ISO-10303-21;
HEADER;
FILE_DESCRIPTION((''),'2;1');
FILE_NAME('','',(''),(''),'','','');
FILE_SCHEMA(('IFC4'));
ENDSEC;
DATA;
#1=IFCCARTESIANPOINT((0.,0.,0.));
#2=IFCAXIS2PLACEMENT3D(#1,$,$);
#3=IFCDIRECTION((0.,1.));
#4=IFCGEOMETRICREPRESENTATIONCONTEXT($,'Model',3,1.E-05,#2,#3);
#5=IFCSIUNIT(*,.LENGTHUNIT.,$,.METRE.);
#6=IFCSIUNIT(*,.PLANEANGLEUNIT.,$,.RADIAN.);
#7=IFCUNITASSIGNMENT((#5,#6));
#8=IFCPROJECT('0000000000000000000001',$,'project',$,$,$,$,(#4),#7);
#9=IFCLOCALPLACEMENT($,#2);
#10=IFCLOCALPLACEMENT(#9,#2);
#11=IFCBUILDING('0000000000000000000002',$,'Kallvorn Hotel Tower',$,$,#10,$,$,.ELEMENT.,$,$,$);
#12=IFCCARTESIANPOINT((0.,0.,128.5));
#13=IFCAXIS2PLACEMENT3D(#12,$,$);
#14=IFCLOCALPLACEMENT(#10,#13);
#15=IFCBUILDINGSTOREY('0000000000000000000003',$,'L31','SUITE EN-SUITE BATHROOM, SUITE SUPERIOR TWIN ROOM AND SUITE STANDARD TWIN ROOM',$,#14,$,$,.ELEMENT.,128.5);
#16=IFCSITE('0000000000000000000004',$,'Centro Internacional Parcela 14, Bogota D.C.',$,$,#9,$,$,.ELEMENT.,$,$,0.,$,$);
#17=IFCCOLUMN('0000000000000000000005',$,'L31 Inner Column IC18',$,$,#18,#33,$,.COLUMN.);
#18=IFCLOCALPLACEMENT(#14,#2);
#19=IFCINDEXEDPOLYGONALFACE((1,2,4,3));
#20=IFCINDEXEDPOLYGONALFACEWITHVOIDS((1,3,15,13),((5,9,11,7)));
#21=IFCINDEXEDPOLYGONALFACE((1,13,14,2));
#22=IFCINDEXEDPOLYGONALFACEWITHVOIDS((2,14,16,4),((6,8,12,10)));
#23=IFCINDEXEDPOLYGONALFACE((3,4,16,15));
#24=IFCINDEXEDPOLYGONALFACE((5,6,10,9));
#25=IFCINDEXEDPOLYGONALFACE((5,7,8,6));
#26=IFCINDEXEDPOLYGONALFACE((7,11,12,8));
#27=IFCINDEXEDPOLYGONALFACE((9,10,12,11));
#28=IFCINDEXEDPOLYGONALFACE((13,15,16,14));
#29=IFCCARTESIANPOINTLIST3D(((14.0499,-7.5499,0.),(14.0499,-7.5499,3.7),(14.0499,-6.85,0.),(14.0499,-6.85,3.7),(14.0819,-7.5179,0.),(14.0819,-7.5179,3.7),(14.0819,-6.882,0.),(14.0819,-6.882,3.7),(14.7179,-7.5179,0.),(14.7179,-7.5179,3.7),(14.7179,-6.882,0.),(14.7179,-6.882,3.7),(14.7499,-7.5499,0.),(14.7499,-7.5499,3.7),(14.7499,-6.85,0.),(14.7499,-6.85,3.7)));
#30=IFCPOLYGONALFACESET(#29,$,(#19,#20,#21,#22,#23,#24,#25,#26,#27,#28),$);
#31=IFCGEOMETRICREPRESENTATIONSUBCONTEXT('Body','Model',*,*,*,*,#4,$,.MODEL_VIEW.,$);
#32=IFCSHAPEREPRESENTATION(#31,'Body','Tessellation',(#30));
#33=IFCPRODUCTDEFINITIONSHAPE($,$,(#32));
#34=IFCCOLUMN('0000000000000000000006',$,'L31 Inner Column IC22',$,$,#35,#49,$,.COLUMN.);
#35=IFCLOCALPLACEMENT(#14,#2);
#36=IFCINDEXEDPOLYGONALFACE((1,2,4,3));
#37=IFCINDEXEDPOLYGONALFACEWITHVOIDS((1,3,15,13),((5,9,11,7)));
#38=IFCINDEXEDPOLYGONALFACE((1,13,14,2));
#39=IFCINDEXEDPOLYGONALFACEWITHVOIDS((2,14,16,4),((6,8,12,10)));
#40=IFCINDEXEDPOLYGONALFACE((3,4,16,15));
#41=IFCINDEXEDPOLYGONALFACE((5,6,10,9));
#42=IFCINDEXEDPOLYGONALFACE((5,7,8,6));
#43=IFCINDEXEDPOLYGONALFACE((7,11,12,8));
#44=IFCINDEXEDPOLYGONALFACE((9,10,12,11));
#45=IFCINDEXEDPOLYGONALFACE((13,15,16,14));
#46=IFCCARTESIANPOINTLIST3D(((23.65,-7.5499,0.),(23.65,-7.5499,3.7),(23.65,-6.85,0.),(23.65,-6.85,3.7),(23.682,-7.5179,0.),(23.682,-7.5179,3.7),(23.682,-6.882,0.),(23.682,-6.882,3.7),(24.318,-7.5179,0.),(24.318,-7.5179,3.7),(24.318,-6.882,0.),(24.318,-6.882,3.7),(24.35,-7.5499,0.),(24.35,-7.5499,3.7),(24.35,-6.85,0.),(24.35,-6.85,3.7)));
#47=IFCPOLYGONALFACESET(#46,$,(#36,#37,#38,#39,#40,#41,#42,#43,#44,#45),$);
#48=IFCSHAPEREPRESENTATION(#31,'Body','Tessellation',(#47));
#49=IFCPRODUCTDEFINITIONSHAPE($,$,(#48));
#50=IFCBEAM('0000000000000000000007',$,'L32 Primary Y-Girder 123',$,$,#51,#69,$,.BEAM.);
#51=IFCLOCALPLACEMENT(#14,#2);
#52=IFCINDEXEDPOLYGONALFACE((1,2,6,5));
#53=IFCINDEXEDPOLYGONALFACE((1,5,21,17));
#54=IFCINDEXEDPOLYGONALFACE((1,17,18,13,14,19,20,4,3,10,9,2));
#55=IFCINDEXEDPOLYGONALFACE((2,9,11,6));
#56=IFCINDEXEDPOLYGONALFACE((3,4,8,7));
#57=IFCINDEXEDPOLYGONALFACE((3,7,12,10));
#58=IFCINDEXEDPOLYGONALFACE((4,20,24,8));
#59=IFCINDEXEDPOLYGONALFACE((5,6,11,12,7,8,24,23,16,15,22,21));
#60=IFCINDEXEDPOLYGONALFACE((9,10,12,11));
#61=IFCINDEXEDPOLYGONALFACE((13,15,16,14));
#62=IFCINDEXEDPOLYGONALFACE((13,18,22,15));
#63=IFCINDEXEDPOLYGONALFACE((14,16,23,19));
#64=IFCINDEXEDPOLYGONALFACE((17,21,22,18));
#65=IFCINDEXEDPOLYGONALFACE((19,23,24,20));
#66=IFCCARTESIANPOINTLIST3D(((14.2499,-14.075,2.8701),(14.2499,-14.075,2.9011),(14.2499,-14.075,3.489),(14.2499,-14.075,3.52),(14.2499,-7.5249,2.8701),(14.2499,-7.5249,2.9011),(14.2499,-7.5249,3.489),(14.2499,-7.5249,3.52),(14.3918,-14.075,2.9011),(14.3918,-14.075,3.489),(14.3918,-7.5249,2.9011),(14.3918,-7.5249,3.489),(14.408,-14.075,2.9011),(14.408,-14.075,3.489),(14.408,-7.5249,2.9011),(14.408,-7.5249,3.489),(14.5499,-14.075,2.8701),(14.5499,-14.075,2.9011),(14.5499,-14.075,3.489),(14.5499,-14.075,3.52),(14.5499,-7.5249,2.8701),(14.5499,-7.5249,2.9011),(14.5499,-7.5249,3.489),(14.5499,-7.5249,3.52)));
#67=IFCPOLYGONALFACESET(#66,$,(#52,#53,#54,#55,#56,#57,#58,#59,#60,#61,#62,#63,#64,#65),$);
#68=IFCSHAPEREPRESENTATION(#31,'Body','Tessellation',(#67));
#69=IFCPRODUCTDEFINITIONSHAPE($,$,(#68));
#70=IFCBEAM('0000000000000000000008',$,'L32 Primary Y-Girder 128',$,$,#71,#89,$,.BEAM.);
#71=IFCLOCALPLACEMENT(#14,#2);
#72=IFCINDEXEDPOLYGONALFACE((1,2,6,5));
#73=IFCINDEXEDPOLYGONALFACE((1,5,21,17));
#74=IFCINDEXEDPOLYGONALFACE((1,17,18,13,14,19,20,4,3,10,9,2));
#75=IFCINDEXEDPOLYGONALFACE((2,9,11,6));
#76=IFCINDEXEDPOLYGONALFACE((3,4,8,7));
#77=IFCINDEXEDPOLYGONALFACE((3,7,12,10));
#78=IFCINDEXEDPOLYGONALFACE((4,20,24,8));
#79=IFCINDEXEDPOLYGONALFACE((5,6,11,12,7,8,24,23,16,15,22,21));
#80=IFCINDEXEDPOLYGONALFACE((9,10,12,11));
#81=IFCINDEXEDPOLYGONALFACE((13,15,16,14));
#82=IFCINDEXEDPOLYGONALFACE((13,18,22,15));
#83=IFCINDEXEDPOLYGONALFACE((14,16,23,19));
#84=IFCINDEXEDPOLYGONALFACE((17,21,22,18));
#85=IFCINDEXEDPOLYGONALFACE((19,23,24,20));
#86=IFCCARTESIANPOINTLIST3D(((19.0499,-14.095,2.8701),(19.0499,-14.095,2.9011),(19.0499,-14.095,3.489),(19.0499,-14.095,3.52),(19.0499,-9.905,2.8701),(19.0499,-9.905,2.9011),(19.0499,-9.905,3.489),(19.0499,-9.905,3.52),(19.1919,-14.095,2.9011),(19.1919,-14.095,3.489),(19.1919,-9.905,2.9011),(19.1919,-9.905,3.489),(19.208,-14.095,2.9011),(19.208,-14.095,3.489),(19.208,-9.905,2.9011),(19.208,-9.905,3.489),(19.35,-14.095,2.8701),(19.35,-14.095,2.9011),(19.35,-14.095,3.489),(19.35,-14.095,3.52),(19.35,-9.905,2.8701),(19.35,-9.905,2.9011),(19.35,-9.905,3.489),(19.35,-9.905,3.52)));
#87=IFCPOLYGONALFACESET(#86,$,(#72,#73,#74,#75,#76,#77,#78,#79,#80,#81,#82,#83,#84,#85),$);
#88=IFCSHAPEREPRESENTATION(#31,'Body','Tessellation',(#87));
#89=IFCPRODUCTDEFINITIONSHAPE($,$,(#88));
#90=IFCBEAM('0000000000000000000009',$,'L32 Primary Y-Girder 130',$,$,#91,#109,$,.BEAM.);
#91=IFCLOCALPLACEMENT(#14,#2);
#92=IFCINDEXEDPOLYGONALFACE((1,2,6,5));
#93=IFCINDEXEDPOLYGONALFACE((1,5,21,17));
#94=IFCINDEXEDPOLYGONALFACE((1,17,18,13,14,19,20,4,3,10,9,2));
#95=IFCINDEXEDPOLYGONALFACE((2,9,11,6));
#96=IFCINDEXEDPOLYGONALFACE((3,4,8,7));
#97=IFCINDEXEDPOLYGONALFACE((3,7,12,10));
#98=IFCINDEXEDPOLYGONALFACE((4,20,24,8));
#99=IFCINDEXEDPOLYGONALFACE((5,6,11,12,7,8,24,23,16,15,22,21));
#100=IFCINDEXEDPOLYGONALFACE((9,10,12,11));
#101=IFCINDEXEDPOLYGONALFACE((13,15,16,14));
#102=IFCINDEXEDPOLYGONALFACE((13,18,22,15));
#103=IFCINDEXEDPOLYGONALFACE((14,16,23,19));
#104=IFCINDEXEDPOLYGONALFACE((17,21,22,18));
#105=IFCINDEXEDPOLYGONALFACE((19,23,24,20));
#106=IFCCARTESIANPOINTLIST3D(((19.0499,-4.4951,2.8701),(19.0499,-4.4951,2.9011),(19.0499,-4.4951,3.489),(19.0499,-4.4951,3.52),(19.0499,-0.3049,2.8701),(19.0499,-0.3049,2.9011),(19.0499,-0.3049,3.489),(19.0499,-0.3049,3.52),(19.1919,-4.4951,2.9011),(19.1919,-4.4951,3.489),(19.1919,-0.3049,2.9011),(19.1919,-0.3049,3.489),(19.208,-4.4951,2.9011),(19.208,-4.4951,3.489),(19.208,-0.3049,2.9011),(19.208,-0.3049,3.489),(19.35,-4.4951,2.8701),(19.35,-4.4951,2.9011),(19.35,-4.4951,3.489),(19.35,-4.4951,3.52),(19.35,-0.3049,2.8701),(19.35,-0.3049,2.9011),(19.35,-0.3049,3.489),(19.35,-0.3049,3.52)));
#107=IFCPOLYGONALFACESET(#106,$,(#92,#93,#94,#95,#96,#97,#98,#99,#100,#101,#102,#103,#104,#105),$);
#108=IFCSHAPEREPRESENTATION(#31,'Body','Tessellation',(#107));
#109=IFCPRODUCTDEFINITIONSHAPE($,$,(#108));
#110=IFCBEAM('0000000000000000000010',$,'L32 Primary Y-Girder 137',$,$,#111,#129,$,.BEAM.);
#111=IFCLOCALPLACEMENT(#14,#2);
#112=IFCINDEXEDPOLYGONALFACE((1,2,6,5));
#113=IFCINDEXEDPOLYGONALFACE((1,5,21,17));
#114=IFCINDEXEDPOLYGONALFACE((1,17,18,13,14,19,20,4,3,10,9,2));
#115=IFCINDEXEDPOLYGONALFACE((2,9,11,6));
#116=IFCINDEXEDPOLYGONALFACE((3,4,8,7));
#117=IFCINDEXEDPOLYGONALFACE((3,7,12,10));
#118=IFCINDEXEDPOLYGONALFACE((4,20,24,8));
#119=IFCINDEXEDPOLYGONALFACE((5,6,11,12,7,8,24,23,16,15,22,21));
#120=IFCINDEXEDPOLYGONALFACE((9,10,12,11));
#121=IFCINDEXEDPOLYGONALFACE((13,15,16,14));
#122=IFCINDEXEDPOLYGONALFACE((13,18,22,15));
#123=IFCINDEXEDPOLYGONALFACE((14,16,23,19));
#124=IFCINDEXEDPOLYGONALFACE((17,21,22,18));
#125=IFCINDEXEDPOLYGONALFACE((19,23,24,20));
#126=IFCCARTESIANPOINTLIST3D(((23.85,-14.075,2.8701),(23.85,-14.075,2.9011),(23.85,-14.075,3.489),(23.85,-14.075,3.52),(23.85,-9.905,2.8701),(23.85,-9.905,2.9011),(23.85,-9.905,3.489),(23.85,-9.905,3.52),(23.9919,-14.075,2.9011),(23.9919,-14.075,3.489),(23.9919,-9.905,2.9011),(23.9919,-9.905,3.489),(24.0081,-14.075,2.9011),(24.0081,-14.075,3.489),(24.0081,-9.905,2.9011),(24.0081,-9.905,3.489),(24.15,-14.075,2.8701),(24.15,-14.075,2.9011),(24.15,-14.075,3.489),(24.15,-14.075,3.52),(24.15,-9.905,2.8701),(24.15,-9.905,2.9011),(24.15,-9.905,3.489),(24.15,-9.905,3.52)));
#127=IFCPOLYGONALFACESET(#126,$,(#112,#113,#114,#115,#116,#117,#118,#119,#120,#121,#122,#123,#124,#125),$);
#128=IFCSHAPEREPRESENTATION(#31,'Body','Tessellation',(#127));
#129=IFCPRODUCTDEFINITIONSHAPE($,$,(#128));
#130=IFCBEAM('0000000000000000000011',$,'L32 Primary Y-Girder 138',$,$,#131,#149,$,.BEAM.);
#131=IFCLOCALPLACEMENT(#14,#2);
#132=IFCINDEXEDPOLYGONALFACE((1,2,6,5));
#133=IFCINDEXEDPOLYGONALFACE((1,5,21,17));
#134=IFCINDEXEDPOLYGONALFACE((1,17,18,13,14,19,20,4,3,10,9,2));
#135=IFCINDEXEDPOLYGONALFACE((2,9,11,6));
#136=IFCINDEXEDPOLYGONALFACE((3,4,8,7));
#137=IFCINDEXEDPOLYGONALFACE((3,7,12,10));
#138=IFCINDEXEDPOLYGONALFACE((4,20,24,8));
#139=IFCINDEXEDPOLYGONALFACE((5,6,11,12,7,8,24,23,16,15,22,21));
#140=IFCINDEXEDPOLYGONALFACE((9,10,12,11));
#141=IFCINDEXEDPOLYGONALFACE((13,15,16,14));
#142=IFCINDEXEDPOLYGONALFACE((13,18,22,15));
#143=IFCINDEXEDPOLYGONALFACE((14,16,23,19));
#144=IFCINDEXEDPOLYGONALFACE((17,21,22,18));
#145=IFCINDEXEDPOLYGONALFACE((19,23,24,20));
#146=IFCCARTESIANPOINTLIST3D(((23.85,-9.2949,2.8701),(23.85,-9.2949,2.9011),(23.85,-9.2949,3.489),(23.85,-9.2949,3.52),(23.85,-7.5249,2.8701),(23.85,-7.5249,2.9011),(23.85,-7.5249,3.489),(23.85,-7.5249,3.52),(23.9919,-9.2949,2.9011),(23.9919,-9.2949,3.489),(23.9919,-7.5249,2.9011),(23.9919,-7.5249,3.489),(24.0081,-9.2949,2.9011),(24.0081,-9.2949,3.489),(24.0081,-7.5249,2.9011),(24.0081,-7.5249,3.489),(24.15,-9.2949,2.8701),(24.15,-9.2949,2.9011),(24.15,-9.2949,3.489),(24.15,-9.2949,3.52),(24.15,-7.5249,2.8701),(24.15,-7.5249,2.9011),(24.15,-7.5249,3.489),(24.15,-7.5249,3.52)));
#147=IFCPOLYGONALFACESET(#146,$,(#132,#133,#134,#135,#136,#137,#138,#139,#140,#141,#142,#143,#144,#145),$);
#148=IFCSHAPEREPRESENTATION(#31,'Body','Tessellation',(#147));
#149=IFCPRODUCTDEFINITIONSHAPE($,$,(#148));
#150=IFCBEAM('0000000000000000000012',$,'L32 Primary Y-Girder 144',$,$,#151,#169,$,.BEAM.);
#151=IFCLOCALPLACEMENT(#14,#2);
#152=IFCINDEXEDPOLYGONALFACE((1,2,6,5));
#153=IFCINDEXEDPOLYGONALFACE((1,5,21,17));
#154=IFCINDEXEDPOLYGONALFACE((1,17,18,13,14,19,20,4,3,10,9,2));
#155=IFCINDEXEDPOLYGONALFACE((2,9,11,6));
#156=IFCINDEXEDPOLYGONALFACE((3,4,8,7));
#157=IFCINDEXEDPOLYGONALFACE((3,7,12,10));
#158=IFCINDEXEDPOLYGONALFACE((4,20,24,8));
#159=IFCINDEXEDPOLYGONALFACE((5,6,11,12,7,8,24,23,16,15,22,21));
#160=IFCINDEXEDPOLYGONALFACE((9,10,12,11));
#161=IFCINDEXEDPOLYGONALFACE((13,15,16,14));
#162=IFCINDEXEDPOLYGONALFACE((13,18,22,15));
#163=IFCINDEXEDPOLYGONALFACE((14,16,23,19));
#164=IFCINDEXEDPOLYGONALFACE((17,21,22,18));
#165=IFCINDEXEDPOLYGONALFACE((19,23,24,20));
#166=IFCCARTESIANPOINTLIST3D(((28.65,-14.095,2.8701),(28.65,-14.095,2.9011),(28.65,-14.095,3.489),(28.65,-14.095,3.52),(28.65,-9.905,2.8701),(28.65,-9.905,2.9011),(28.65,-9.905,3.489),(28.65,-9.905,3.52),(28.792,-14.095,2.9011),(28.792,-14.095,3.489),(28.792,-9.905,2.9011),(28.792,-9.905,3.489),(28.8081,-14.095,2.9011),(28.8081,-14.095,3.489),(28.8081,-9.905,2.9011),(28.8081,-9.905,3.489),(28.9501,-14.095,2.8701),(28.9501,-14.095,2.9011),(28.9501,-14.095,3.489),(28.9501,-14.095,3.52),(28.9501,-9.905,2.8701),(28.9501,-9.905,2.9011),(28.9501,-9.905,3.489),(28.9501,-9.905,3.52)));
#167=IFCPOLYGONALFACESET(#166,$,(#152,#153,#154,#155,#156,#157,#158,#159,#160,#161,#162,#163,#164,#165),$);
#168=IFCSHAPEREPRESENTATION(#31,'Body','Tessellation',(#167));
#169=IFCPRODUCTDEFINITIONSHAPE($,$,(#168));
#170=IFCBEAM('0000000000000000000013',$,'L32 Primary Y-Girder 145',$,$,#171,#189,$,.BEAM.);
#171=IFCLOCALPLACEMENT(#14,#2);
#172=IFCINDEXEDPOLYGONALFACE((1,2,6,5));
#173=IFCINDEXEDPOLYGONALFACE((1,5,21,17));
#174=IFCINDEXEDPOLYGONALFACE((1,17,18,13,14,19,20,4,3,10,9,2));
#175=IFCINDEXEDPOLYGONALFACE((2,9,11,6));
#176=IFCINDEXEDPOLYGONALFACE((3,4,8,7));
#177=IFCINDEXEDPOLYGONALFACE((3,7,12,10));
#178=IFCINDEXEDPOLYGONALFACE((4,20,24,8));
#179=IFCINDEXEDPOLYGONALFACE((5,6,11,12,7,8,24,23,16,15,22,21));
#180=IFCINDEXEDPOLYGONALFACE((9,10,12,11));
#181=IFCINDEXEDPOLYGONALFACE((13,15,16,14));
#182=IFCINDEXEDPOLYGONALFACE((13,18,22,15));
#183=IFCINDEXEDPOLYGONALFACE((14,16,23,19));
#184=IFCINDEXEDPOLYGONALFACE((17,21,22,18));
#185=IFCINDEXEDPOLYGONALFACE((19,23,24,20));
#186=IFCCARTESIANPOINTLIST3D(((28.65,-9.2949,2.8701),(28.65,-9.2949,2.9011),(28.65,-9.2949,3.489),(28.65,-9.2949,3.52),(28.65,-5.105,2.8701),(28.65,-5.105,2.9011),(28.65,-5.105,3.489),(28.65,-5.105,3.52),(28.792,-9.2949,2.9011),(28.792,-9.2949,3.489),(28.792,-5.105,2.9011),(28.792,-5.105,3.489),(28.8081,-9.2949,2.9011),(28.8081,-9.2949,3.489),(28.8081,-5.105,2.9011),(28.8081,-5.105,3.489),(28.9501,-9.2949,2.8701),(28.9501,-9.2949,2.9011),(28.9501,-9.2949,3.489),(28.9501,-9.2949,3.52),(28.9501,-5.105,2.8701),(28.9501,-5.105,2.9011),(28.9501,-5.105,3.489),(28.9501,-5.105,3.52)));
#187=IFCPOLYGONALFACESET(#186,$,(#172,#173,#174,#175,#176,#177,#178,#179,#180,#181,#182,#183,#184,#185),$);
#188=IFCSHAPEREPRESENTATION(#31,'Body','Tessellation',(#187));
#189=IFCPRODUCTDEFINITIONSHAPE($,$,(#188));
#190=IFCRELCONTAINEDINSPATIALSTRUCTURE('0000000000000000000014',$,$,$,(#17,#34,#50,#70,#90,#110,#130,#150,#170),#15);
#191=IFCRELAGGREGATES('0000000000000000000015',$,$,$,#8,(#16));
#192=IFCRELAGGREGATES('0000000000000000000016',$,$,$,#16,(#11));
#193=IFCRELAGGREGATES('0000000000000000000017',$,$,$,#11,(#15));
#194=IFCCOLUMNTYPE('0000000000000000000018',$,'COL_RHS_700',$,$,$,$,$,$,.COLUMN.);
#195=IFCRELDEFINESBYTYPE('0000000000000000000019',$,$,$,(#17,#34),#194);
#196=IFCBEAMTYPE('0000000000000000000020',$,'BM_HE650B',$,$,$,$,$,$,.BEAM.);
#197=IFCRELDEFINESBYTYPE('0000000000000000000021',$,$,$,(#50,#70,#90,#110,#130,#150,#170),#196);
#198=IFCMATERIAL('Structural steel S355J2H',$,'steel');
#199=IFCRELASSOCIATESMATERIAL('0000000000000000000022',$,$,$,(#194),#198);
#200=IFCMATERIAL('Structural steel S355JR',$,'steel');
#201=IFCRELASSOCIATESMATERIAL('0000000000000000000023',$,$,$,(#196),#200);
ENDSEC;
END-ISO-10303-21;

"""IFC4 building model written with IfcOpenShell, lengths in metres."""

from ifc_helpers import new_model, si_unit, direction, frame, origin, origin_2d, place, context, subcontext, project, spatial, hollow_rectangle, i_section, extrude, material, material_profile, profile_set, type_object, element, save


model = new_model("IFC4")

# Units and contexts
model_context = context("Model", 3, precision=1e-05, world=origin(), true_north=direction((0.0, 1.0)))
body_context = subcontext(model_context, "Body", "Model", "MODEL_VIEW")
ifc_project = project(units=[si_unit("LENGTHUNIT", "METRE"), si_unit("PLANEANGLEUNIT", "RADIAN")], contexts=[model_context])

# Site, building, storey
site_placement = place(None, origin())
site = spatial("IfcSite", under=ifc_project, at=site_placement, Name="Centro Internacional Parcela 14, Bogota D.C.", CompositionType="ELEMENT", RefElevation=0.0)
building_placement = place(site_placement, origin())
building = spatial("IfcBuilding", under=site, at=building_placement, Name="Kallvorn Hotel Tower", CompositionType="ELEMENT")
storey_placement = place(building_placement, frame((0.0, 0.0, 128.5)))
storey = spatial("IfcBuildingStorey", under=building, at=storey_placement, Name="L31", Description="SUITE EN-SUITE BATHROOM, SUITE SUPERIOR TWIN ROOM AND SUITE STANDARD TWIN ROOM", CompositionType="ELEMENT", Elevation=128.5)

# Columns
ifc_material_1 = material(Name="Structural steel S355J2H", Category="steel")
ifc_material_profile_1 = material_profile(ifc_material_1, hollow_rectangle(XDim=0.7, YDim=0.7, WallThickness=0.032, at=origin_2d()), Name="RHS 700x700x32")
ifc_profile_set_1 = profile_set([ifc_material_profile_1], Name="Structural steel S355J2H")
column_type_1 = type_object("IfcColumnType", Name="COL_RHS_700", PredefinedType="COLUMN", material=ifc_profile_set_1)
for number, where, z_axis, x_axis, name in (
    (1, (14.3999, -7.2, 0.0), (0.0, 0.0, 1.0), (1.0, 0.0, 0.0), "L31 Inner Column IC18"),
    (2, (24.0, -7.2, 0.0), (0.0, 0.0, 1.0), (1.0, 0.0, 0.0), "L31 Inner Column IC22"),
):
    element("IfcColumn", number, at=place(storey_placement, frame(where, z_axis=z_axis, x_axis=x_axis)), inside=storey, type_object=column_type_1, Name=name, PredefinedType="COLUMN", context=body_context, shape_type="SweptSolid", body=[
        extrude(hollow_rectangle(XDim=0.7, YDim=0.7, WallThickness=0.032, at=origin_2d()), origin(), (0.0, 0.0, 1.0), 3.7),
    ])

# Beams
ifc_material_2 = material(Name="Structural steel S355JR", Category="steel")
ifc_material_profile_2 = material_profile(ifc_material_2, i_section(OverallWidth=0.3, OverallDepth=0.6499, WebThickness=0.0161, FlangeThickness=0.031, at=origin_2d()), Name="HE 650 B")
ifc_profile_set_2 = profile_set([ifc_material_profile_2], Name="Structural steel S355JR")
beam_type_1 = type_object("IfcBeamType", Name="BM_HE650B", PredefinedType="BEAM", material=ifc_profile_set_2)
beam_1_placement = place(storey_placement, frame((14.3999, -14.075, 3.1951), z_axis=(0.0, 1.0, 0.0), x_axis=(-1.0, 0.0, 0.0)))
element("IfcBeam", 3, at=beam_1_placement, inside=storey, type_object=beam_type_1, Name="L32 Primary Y-Girder 123", PredefinedType="BEAM", context=body_context, shape_type="SweptSolid", body=[
    extrude(i_section(OverallWidth=0.3, OverallDepth=0.6499, WebThickness=0.0161, FlangeThickness=0.031, at=origin_2d()), origin(), (0.0, 0.0, 1.0), 6.55),
])
beam_2_placement = place(storey_placement, frame((19.2, -14.095, 3.1951), z_axis=(0.0, 1.0, 0.0), x_axis=(-1.0, 0.0, 0.0)))
element("IfcBeam", 4, at=beam_2_placement, inside=storey, type_object=beam_type_1, Name="L32 Primary Y-Girder 128", PredefinedType="BEAM", context=body_context, shape_type="SweptSolid", body=[
    extrude(i_section(OverallWidth=0.3, OverallDepth=0.6499, WebThickness=0.0161, FlangeThickness=0.031, at=origin_2d()), origin(), (0.0, 0.0, 1.0), 4.1899),
])
beam_3_placement = place(storey_placement, frame((19.2, -4.4951, 3.1951), z_axis=(0.0, 1.0, 0.0), x_axis=(-1.0, 0.0, 0.0)))
element("IfcBeam", 5, at=beam_3_placement, inside=storey, type_object=beam_type_1, Name="L32 Primary Y-Girder 130", PredefinedType="BEAM", context=body_context, shape_type="SweptSolid", body=[
    extrude(i_section(OverallWidth=0.3, OverallDepth=0.6499, WebThickness=0.0161, FlangeThickness=0.031, at=origin_2d()), origin(), (0.0, 0.0, 1.0), 4.1902),
])
beam_4_placement = place(storey_placement, frame((24.0, -14.075, 3.1951), z_axis=(0.0, 1.0, 0.0), x_axis=(-1.0, 0.0, 0.0)))
element("IfcBeam", 6, at=beam_4_placement, inside=storey, type_object=beam_type_1, Name="L32 Primary Y-Girder 137", PredefinedType="BEAM", context=body_context, shape_type="SweptSolid", body=[
    extrude(i_section(OverallWidth=0.3, OverallDepth=0.6499, WebThickness=0.0161, FlangeThickness=0.031, at=origin_2d()), origin(), (0.0, 0.0, 1.0), 4.1699),
])
beam_5_placement = place(storey_placement, frame((24.0, -9.2949, 3.1951), z_axis=(0.0, 1.0, 0.0), x_axis=(-1.0, 0.0, 0.0)))
element("IfcBeam", 7, at=beam_5_placement, inside=storey, type_object=beam_type_1, Name="L32 Primary Y-Girder 138", PredefinedType="BEAM", context=body_context, shape_type="SweptSolid", body=[
    extrude(i_section(OverallWidth=0.3, OverallDepth=0.6499, WebThickness=0.0161, FlangeThickness=0.031, at=origin_2d()), origin(), (0.0, 0.0, 1.0), 1.77),
])
for number, where, z_axis, x_axis, name in (
    (8, (28.8, -14.095, 3.1951), (0.0, 1.0, 0.0), (-1.0, 0.0, 0.0), "L32 Primary Y-Girder 144"),
    (9, (28.8, -9.2949, 3.1951), (0.0, 1.0, 0.0), (-1.0, 0.0, 0.0), "L32 Primary Y-Girder 145"),
):
    element("IfcBeam", number, at=place(storey_placement, frame(where, z_axis=z_axis, x_axis=x_axis)), inside=storey, type_object=beam_type_1, Name=name, PredefinedType="BEAM", context=body_context, shape_type="SweptSolid", body=[
        extrude(i_section(OverallWidth=0.3, OverallDepth=0.6499, WebThickness=0.0161, FlangeThickness=0.031, at=origin_2d()), origin(), (0.0, 0.0, 1.0), 4.1899),
    ])

save(model, "model.ifc")
